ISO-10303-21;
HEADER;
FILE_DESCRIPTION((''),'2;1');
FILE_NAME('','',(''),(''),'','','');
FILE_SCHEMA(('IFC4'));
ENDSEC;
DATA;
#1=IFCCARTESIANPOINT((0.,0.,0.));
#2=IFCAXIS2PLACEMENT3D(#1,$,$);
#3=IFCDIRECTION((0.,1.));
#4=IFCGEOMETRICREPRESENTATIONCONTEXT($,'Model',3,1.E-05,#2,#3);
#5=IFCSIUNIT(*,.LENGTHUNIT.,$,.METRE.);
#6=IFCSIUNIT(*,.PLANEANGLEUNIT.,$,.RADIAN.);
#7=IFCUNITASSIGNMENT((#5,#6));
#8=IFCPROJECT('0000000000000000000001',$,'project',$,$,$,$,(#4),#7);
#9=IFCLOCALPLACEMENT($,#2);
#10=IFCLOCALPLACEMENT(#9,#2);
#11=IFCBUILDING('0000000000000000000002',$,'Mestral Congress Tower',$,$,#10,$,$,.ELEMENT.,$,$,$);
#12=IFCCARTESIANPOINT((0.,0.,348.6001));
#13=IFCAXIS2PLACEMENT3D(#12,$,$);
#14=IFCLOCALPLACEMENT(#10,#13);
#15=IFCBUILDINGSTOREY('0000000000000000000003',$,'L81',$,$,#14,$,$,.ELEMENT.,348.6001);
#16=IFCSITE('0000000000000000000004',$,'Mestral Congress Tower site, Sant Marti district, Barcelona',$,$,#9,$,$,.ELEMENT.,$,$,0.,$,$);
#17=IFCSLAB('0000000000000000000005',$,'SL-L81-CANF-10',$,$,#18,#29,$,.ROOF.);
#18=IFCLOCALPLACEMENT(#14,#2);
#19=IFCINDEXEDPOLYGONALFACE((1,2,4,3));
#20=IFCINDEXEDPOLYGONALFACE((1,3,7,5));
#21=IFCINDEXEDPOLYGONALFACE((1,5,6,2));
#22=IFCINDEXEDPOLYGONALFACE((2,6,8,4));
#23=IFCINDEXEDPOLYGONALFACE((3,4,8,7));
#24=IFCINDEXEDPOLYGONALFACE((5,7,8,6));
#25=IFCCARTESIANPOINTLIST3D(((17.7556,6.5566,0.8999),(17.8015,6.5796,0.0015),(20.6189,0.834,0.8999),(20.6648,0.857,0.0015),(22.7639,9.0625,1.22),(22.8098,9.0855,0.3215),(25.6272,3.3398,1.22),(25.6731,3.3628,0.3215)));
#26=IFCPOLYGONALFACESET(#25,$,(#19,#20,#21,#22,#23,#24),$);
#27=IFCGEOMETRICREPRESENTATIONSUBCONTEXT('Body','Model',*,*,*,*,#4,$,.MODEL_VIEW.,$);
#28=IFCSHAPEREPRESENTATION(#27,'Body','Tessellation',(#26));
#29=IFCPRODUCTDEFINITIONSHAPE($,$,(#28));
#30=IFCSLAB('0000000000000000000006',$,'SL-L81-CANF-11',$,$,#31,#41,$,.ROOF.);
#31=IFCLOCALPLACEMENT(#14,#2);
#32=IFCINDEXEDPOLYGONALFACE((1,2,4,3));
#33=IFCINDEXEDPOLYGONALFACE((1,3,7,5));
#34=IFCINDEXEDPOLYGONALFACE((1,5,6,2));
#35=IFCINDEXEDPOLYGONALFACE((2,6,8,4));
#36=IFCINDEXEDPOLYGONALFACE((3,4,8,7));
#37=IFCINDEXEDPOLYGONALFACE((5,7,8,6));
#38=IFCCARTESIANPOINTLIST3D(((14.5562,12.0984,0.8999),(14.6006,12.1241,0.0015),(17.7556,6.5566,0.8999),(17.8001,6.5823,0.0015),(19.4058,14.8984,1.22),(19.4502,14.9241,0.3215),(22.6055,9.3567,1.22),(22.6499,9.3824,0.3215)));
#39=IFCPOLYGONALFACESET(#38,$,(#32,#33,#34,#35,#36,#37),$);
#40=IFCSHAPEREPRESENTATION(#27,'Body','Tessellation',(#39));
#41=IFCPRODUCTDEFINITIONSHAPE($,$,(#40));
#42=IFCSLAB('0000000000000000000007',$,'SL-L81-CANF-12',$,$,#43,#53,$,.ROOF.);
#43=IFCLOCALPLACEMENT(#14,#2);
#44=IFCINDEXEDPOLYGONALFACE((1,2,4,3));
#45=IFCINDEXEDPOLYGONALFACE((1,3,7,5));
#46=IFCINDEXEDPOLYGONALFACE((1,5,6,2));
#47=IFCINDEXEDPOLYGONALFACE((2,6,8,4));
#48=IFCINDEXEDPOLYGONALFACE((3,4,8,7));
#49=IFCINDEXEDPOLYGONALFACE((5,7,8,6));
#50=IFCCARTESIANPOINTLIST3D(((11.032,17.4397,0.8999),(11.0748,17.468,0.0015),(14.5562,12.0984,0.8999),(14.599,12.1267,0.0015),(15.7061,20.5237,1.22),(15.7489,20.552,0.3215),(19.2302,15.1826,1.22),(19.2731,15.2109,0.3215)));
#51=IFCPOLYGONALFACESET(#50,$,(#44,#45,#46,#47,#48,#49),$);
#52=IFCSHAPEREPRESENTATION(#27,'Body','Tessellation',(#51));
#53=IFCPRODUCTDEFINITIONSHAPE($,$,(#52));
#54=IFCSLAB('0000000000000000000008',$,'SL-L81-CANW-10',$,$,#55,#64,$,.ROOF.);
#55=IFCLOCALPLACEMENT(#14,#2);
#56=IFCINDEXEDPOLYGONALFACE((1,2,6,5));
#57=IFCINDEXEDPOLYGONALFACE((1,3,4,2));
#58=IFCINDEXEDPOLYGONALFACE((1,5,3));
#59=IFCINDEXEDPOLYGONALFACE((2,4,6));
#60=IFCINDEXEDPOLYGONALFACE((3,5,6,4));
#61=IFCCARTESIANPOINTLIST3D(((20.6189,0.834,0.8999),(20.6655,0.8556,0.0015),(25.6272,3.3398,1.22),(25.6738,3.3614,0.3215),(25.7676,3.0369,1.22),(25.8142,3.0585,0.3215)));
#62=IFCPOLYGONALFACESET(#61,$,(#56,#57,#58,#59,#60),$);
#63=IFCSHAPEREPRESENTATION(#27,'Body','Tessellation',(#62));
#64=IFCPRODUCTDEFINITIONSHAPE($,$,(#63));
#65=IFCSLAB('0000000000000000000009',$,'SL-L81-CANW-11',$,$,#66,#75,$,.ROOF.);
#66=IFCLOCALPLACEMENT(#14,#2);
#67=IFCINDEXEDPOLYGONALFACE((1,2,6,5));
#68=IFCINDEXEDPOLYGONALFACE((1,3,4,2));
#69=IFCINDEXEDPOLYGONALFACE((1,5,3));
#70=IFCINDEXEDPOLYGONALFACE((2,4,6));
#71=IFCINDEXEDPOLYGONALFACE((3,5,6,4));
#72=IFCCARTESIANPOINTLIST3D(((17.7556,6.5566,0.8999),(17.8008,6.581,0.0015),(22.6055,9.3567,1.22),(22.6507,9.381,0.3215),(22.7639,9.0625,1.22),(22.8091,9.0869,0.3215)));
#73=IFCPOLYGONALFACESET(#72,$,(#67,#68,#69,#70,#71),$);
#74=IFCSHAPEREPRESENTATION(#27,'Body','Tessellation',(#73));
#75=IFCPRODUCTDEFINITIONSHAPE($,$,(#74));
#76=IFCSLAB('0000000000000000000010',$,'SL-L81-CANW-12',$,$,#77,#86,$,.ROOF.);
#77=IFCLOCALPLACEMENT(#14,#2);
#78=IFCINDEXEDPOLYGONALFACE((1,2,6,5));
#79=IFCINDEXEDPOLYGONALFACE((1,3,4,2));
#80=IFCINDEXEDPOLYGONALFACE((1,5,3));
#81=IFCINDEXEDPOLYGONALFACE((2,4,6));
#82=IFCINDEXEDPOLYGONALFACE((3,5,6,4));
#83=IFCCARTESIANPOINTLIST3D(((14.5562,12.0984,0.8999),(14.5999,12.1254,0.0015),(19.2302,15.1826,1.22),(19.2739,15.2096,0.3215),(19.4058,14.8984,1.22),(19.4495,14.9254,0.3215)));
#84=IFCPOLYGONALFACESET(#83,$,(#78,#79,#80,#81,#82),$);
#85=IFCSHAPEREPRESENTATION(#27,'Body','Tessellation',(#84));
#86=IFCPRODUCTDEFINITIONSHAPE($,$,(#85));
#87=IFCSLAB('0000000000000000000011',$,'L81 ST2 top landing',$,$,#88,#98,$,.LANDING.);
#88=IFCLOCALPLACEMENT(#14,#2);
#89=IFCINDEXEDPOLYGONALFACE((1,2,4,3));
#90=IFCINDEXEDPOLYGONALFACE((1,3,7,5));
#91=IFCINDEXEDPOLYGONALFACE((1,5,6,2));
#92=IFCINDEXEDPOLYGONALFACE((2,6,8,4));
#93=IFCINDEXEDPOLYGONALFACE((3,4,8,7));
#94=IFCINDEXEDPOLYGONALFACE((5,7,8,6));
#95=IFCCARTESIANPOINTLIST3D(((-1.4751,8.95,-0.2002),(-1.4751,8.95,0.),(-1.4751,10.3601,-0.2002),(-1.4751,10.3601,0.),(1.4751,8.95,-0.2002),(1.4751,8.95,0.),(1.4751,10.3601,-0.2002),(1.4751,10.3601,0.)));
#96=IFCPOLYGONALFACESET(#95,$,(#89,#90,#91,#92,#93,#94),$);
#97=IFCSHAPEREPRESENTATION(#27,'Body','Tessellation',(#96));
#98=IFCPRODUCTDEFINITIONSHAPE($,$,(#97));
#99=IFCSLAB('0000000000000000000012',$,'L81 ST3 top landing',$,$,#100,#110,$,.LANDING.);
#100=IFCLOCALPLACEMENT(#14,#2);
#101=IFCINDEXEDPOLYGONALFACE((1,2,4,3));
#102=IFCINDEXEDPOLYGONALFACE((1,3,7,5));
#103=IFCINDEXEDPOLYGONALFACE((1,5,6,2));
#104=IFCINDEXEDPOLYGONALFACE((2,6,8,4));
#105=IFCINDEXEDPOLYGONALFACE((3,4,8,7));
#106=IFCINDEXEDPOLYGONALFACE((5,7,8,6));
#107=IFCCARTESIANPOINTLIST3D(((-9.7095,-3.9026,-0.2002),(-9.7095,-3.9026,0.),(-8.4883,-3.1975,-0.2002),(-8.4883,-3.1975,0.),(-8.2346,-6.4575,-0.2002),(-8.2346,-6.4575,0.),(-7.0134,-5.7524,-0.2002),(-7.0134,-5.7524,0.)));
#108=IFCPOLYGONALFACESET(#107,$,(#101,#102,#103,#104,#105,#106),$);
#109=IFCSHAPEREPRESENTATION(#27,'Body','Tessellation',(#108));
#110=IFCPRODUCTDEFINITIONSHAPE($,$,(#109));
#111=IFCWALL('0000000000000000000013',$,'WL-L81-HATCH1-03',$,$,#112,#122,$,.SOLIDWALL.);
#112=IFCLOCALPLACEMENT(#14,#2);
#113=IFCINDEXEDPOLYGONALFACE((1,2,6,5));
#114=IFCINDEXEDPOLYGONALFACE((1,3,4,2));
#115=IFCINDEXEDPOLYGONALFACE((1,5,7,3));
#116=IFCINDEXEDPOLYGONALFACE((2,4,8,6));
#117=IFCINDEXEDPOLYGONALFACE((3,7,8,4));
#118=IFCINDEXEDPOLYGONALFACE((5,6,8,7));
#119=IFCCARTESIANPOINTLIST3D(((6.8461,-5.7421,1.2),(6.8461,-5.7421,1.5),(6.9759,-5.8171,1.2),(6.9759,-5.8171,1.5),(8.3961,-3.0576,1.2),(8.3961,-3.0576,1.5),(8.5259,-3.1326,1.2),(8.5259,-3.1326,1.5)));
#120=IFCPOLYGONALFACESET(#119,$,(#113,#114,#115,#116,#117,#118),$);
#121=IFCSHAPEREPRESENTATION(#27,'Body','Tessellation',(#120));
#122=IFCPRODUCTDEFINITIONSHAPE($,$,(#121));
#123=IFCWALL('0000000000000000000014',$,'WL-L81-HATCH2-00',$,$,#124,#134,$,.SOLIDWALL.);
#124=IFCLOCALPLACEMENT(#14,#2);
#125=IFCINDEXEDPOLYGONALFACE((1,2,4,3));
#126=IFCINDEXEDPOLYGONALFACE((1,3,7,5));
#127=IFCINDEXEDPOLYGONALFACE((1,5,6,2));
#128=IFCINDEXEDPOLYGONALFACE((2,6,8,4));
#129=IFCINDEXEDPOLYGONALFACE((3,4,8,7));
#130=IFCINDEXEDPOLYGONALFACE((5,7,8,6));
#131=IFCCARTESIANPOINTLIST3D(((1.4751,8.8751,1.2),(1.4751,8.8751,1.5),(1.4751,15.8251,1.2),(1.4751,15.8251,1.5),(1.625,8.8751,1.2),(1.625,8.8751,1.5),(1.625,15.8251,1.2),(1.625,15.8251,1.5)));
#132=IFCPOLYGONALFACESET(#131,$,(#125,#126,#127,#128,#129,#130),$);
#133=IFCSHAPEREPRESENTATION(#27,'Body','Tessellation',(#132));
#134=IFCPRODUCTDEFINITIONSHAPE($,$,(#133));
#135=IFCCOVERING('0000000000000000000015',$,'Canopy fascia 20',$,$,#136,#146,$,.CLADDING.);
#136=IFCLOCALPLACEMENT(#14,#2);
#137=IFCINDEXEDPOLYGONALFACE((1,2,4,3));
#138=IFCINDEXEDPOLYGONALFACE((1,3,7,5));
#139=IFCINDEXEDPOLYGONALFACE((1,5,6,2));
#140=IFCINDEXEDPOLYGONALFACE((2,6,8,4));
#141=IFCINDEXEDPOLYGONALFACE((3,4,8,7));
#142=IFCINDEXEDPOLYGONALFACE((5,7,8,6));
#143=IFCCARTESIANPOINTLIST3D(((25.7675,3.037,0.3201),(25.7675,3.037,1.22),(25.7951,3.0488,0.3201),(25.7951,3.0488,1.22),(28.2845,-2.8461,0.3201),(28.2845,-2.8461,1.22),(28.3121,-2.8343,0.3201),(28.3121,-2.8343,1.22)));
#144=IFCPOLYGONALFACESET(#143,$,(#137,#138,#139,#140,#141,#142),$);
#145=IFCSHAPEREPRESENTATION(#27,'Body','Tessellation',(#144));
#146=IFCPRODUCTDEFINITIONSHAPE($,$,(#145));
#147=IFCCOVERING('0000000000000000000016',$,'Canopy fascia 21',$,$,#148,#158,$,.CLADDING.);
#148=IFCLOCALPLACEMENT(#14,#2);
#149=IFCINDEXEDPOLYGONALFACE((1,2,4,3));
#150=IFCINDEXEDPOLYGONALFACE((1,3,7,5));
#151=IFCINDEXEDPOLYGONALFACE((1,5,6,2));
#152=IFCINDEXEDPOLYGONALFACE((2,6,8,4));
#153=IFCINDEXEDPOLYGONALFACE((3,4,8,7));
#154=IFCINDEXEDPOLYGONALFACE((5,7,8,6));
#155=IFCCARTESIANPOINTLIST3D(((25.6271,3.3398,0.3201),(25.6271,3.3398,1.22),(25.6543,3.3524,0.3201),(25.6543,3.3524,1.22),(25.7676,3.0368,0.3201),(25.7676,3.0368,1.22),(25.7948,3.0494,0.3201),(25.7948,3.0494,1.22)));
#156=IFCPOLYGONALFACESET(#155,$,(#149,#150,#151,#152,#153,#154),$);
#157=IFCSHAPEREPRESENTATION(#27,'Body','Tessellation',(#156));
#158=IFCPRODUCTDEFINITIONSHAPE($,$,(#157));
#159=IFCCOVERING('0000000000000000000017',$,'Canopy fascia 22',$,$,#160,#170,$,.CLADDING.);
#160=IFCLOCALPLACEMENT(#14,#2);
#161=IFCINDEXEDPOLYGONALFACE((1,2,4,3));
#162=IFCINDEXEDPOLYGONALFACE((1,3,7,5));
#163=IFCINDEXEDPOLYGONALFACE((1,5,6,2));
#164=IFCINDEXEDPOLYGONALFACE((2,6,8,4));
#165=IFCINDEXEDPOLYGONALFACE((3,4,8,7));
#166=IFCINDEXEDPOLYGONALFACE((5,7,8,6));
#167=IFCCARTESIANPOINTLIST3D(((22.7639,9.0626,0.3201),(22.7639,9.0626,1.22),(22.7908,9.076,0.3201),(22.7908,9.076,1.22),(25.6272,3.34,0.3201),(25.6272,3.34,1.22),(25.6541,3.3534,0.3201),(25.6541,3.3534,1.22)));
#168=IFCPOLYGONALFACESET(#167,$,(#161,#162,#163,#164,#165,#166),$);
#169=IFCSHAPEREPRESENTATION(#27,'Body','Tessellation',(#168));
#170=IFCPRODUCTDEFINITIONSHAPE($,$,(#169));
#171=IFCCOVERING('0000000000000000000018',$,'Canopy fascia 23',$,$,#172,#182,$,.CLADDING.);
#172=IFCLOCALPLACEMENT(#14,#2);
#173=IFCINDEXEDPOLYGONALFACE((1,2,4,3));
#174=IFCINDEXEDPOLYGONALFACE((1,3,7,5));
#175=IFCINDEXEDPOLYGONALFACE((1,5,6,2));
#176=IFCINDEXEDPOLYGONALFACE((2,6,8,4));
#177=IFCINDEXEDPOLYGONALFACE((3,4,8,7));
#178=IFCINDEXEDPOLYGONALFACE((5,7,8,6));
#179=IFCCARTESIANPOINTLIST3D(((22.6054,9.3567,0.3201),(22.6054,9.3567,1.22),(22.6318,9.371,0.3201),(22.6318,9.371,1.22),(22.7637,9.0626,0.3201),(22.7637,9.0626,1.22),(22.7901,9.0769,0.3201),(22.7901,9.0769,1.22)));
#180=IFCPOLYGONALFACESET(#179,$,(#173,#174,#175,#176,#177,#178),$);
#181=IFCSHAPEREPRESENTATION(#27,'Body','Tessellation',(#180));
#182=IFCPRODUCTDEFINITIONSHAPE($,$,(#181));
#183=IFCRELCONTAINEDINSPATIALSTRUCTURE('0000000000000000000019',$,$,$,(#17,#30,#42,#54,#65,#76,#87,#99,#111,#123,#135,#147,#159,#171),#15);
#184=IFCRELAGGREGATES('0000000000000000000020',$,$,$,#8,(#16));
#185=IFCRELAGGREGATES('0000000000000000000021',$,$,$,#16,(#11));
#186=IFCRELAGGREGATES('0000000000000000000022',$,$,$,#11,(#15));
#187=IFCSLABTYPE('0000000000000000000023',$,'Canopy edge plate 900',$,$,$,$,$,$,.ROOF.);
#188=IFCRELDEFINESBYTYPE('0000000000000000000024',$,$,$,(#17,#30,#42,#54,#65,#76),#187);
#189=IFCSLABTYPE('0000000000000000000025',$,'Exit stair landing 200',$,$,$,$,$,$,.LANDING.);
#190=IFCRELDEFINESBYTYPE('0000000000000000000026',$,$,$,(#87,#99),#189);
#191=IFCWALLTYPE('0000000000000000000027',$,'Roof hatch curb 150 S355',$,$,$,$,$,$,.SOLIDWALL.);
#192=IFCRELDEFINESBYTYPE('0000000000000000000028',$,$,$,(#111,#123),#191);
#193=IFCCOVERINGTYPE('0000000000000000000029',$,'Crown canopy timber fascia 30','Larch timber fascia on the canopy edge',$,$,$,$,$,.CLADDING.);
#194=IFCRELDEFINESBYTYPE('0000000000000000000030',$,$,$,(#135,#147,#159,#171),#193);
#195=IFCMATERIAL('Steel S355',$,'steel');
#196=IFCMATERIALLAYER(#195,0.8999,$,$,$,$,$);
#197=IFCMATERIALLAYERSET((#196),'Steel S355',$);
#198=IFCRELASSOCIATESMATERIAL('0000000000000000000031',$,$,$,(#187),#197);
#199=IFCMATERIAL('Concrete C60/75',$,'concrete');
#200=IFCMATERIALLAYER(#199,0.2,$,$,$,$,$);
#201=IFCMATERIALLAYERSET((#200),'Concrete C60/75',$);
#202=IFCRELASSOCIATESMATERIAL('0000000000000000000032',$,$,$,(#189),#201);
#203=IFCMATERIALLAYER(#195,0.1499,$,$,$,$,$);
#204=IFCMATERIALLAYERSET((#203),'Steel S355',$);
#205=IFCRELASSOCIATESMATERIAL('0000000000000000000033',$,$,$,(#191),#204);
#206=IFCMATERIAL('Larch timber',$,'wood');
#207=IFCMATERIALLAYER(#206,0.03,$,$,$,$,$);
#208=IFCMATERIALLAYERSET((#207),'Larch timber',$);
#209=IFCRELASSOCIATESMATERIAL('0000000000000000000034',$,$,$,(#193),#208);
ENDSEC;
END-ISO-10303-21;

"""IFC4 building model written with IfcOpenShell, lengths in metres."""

from ifc_helpers import new_model, si_unit, direction, frame, frame_2d, origin, origin_2d, place, context, subcontext, project, spatial, polyline, rectangle, outline, extrude, material, layer, layer_set, type_object, element, save


model = new_model("IFC4")

# Units and contexts
model_context = context("Model", 3, precision=1e-05, world=origin(), true_north=direction((0.0, 1.0)))
body_context = subcontext(model_context, "Body", "Model", "MODEL_VIEW")
ifc_project = project(units=[si_unit("LENGTHUNIT", "METRE"), si_unit("PLANEANGLEUNIT", "RADIAN")], contexts=[model_context])

# Site, building, storey
site_placement = place(None, origin())
site = spatial("IfcSite", under=ifc_project, at=site_placement, Name="Mestral Congress Tower site, Sant Marti district, Barcelona", CompositionType="ELEMENT", RefElevation=0.0)
building_placement = place(site_placement, origin())
building = spatial("IfcBuilding", under=site, at=building_placement, Name="Mestral Congress Tower", CompositionType="ELEMENT")
storey_placement = place(building_placement, frame((0.0, 0.0, 348.6001)))
storey = spatial("IfcBuildingStorey", under=building, at=storey_placement, Name="L81", CompositionType="ELEMENT", Elevation=348.6001)

# Shared definitions
ifc_material_1 = material(Name="Steel S355", Category="steel")

# Slabs
ifc_layer_1 = layer(ifc_material_1, 0.8999)
ifc_layer_set_1 = layer_set([ifc_layer_1], Name="Steel S355")
slab_type_1 = type_object("IfcSlabType", Name="Canopy edge plate 900", PredefinedType="ROOF", material=ifc_layer_set_1)
slab_1_placement = place(storey_placement, frame((20.6189, 0.834, 0.8999), z_axis=(-0.051029, -0.025532, 0.998371), x_axis=(-0.447458, 0.894305, 0.0)))
element("IfcSlab", 1, at=slab_1_placement, inside=storey, type_object=slab_type_1, Name="SL-L81-CANF-10", PredefinedType="ROOF", context=body_context, shape_type="SweptSolid", body=[
    extrude(outline(polyline([(0.0, 0.0), (6.399, 0.0), (6.399, -5.6094), (0.0, -5.6094), (0.0, 0.0)])), origin(), (0.0, 0.0, -1.0), 0.8999),
])
slab_2_placement = place(storey_placement, frame((17.7556, 6.5566, 0.8999), z_axis=(-0.049417, -0.028531, 0.998371), x_axis=(-0.499992, 0.86603, 0.000001)))
element("IfcSlab", 2, at=slab_2_placement, inside=storey, type_object=slab_type_1, Name="SL-L81-CANF-11", PredefinedType="ROOF", context=body_context, shape_type="SweptSolid", body=[
    extrude(outline(polyline([(0.0, 0.0), (6.399, 0.0), (6.3992, -5.609), (0.0, -5.6093), (0.0, 0.0)])), origin(), (0.0, 0.0, -1.0), 0.8999),
])
slab_3_placement = place(storey_placement, frame((14.5562, 12.0984, 0.8999), z_axis=(-0.04763, -0.031426, 0.998371), x_axis=(-0.550723, 0.834688, 0.000001)))
element("IfcSlab", 3, at=slab_3_placement, inside=storey, type_object=slab_type_1, Name="SL-L81-CANF-12", PredefinedType="ROOF", context=body_context, shape_type="SweptSolid", body=[
    extrude(outline(polyline([(0.0, 0.0), (6.3992, 0.0), (6.3992, -5.609), (0.0002, -5.6091), (0.0, 0.0)])), origin(), (0.0, 0.0, -1.0), 0.8999),
])
slab_4_placement = place(storey_placement, frame((20.6189, 0.834, 0.8999), z_axis=(-0.051796, -0.023999, 0.998369), x_axis=(0.917886, 0.392721, 0.05706)))
element("IfcSlab", 4, at=slab_4_placement, inside=storey, type_object=slab_type_1, Name="SL-L81-CANW-10", PredefinedType="ROOF", context=body_context, shape_type="SweptSolid", body=[
    extrude(outline(polyline([(0.0, 0.0), (5.6093, 0.0), (5.5994, 0.3338), (0.0, 0.0)])), origin(), (0.0, 0.0, -1.0), 0.8999),
])
slab_5_placement = place(storey_placement, frame((17.7556, 6.5566, 0.8999), z_axis=(-0.05026, -0.027069, 0.998369), x_axis=(0.892848, 0.446729, 0.05706)))
element("IfcSlab", 5, at=slab_5_placement, inside=storey, type_object=slab_type_1, Name="SL-L81-CANW-11", PredefinedType="ROOF", context=body_context, shape_type="SweptSolid", body=[
    extrude(outline(polyline([(0.0, 0.0), (5.6094, 0.0), (5.5993, 0.334), (0.0, 0.0)])), origin(), (0.0, 0.0, -1.0), 0.8999),
])
slab_6_placement = place(storey_placement, frame((14.5562, 12.0984, 0.8999), z_axis=(-0.048569, -0.030001, 0.998369), x_axis=(0.864605, 0.499202, 0.057063)))
element("IfcSlab", 6, at=slab_6_placement, inside=storey, type_object=slab_type_1, Name="SL-L81-CANW-12", PredefinedType="ROOF", context=body_context, shape_type="SweptSolid", body=[
    extrude(outline(polyline([(0.0, 0.0), (5.609, 0.0), (5.5991, 0.3339), (0.0, 0.0)])), origin(), (0.0, 0.0, -1.0), 0.8999),
])
ifc_material_2 = material(Name="Concrete C60/75", Category="concrete")
ifc_layer_2 = layer(ifc_material_2, 0.2)
ifc_layer_set_2 = layer_set([ifc_layer_2], Name="Concrete C60/75")
slab_type_2 = type_object("IfcSlabType", Name="Exit stair landing 200", PredefinedType="LANDING", material=ifc_layer_set_2)
placement = place(storey_placement, frame((0.0, 0.0, -0.2002)))
element("IfcSlab", 7, at=placement, inside=storey, type_object=slab_type_2, Name="L81 ST2 top landing", PredefinedType="LANDING", context=body_context, shape_type="SweptSolid", body=[
    extrude(outline(polyline([(1.4751, 10.3601), (1.4751, 8.95), (-1.4751, 8.95), (-1.4751, 10.3601), (1.4751, 10.3601)])), origin(), (0.0, 0.0, 1.0), 0.2002),
])
element("IfcSlab", 8, at=placement, inside=storey, type_object=slab_type_2, Name="L81 ST3 top landing", PredefinedType="LANDING", context=body_context, shape_type="SweptSolid", body=[
    extrude(outline(polyline([(-9.7095, -3.9026), (-8.4883, -3.1975), (-7.0134, -5.7524), (-8.2346, -6.4575), (-9.7095, -3.9026)])), origin(), (0.0, 0.0, 1.0), 0.2002),
])

# Walls
ifc_layer_3 = layer(ifc_material_1, 0.1499)
ifc_layer_set_3 = layer_set([ifc_layer_3], Name="Steel S355")
wall_type = type_object("IfcWallType", Name="Roof hatch curb 150 S355", PredefinedType="SOLIDWALL", material=ifc_layer_set_3)
wall_1_placement = place(storey_placement, frame((8.4609, -3.0952, 1.2), z_axis=(0.0, 0.0, 1.0), x_axis=(-0.500027, -0.86601, 0.0)))
element("IfcWall", 9, at=wall_1_placement, inside=storey, type_object=wall_type, Name="WL-L81-HATCH1-03", PredefinedType="SOLIDWALL", context=body_context, shape_type="SweptSolid", body=[
    extrude(rectangle(XDim=3.0999, YDim=0.1499, at=frame_2d((1.5498, 0.0))), origin(), (0.0, 0.0, 1.0), 0.3),
])
wall_2_placement = place(storey_placement, frame((1.55, 8.875, 1.2), z_axis=(0.0, 0.0, 1.0), x_axis=(0.0, 1.0, 0.0)))
element("IfcWall", 10, at=wall_2_placement, inside=storey, type_object=wall_type, Name="WL-L81-HATCH2-00", PredefinedType="SOLIDWALL", context=body_context, shape_type="SweptSolid", body=[
    extrude(rectangle(XDim=6.95, YDim=0.1499, at=frame_2d((3.4751, 0.0))), origin(), (0.0, 0.0, 1.0), 0.3),
])

# Coverings
ifc_material_3 = material(Name="Larch timber", Category="wood")
ifc_layer_4 = layer(ifc_material_3, 0.03)
ifc_layer_set_4 = layer_set([ifc_layer_4], Name="Larch timber")
covering_type_1 = type_object("IfcCoveringType", Name="Crown canopy timber fascia 30", Description="Larch timber fascia on the canopy edge", PredefinedType="CLADDING", material=ifc_layer_set_4)
covering_1_placement = place(storey_placement, frame((27.0398, 0.1013, 0.3201), z_axis=(0.0, 0.0, 1.0), x_axis=(-0.393355, 0.919387, 0.0)))
element("IfcCovering", 11, at=covering_1_placement, inside=storey, type_object=covering_type_1, Name="Canopy fascia 20", PredefinedType="CLADDING", context=body_context, shape_type="SweptSolid", body=[
    extrude(rectangle(XDim=6.3989, YDim=0.03, at=origin_2d()), origin(), (0.0, 0.0, 1.0), 0.8999),
])
covering_2_placement = place(storey_placement, frame((25.7109, 3.1946, 0.3201), z_axis=(0.0, 0.0, 1.0), x_axis=(-0.420597, 0.907247, 0.0)))
element("IfcCovering", 12, at=covering_2_placement, inside=storey, type_object=covering_type_1, Name="Canopy fascia 21", PredefinedType="CLADDING", context=body_context, shape_type="SweptSolid", body=[
    extrude(rectangle(XDim=0.334, YDim=0.03, at=origin_2d()), origin(), (0.0, 0.0, 1.0), 0.8999),
])
covering_3_placement = place(storey_placement, frame((24.209, 6.208, 0.3201), z_axis=(0.0, 0.0, 1.0), x_axis=(-0.447464, 0.894302, 0.0)))
element("IfcCovering", 13, at=covering_3_placement, inside=storey, type_object=covering_type_1, Name="Canopy fascia 22", PredefinedType="CLADDING", context=body_context, shape_type="SweptSolid", body=[
    extrude(rectangle(XDim=6.3989, YDim=0.03, at=origin_2d()), origin(), (0.0, 0.0, 1.0), 0.8999),
])
covering_4_placement = place(storey_placement, frame((22.6978, 9.2168, 0.3201), z_axis=(0.0, 0.0, 1.0), x_axis=(-0.473945, 0.880554, 0.0)))
element("IfcCovering", 14, at=covering_4_placement, inside=storey, type_object=covering_type_1, Name="Canopy fascia 23", PredefinedType="CLADDING", context=body_context, shape_type="SweptSolid", body=[
    extrude(rectangle(XDim=0.334, YDim=0.03, at=origin_2d()), origin(), (0.0, 0.0, 1.0), 0.8999),
])

save(model, "model.ifc")
